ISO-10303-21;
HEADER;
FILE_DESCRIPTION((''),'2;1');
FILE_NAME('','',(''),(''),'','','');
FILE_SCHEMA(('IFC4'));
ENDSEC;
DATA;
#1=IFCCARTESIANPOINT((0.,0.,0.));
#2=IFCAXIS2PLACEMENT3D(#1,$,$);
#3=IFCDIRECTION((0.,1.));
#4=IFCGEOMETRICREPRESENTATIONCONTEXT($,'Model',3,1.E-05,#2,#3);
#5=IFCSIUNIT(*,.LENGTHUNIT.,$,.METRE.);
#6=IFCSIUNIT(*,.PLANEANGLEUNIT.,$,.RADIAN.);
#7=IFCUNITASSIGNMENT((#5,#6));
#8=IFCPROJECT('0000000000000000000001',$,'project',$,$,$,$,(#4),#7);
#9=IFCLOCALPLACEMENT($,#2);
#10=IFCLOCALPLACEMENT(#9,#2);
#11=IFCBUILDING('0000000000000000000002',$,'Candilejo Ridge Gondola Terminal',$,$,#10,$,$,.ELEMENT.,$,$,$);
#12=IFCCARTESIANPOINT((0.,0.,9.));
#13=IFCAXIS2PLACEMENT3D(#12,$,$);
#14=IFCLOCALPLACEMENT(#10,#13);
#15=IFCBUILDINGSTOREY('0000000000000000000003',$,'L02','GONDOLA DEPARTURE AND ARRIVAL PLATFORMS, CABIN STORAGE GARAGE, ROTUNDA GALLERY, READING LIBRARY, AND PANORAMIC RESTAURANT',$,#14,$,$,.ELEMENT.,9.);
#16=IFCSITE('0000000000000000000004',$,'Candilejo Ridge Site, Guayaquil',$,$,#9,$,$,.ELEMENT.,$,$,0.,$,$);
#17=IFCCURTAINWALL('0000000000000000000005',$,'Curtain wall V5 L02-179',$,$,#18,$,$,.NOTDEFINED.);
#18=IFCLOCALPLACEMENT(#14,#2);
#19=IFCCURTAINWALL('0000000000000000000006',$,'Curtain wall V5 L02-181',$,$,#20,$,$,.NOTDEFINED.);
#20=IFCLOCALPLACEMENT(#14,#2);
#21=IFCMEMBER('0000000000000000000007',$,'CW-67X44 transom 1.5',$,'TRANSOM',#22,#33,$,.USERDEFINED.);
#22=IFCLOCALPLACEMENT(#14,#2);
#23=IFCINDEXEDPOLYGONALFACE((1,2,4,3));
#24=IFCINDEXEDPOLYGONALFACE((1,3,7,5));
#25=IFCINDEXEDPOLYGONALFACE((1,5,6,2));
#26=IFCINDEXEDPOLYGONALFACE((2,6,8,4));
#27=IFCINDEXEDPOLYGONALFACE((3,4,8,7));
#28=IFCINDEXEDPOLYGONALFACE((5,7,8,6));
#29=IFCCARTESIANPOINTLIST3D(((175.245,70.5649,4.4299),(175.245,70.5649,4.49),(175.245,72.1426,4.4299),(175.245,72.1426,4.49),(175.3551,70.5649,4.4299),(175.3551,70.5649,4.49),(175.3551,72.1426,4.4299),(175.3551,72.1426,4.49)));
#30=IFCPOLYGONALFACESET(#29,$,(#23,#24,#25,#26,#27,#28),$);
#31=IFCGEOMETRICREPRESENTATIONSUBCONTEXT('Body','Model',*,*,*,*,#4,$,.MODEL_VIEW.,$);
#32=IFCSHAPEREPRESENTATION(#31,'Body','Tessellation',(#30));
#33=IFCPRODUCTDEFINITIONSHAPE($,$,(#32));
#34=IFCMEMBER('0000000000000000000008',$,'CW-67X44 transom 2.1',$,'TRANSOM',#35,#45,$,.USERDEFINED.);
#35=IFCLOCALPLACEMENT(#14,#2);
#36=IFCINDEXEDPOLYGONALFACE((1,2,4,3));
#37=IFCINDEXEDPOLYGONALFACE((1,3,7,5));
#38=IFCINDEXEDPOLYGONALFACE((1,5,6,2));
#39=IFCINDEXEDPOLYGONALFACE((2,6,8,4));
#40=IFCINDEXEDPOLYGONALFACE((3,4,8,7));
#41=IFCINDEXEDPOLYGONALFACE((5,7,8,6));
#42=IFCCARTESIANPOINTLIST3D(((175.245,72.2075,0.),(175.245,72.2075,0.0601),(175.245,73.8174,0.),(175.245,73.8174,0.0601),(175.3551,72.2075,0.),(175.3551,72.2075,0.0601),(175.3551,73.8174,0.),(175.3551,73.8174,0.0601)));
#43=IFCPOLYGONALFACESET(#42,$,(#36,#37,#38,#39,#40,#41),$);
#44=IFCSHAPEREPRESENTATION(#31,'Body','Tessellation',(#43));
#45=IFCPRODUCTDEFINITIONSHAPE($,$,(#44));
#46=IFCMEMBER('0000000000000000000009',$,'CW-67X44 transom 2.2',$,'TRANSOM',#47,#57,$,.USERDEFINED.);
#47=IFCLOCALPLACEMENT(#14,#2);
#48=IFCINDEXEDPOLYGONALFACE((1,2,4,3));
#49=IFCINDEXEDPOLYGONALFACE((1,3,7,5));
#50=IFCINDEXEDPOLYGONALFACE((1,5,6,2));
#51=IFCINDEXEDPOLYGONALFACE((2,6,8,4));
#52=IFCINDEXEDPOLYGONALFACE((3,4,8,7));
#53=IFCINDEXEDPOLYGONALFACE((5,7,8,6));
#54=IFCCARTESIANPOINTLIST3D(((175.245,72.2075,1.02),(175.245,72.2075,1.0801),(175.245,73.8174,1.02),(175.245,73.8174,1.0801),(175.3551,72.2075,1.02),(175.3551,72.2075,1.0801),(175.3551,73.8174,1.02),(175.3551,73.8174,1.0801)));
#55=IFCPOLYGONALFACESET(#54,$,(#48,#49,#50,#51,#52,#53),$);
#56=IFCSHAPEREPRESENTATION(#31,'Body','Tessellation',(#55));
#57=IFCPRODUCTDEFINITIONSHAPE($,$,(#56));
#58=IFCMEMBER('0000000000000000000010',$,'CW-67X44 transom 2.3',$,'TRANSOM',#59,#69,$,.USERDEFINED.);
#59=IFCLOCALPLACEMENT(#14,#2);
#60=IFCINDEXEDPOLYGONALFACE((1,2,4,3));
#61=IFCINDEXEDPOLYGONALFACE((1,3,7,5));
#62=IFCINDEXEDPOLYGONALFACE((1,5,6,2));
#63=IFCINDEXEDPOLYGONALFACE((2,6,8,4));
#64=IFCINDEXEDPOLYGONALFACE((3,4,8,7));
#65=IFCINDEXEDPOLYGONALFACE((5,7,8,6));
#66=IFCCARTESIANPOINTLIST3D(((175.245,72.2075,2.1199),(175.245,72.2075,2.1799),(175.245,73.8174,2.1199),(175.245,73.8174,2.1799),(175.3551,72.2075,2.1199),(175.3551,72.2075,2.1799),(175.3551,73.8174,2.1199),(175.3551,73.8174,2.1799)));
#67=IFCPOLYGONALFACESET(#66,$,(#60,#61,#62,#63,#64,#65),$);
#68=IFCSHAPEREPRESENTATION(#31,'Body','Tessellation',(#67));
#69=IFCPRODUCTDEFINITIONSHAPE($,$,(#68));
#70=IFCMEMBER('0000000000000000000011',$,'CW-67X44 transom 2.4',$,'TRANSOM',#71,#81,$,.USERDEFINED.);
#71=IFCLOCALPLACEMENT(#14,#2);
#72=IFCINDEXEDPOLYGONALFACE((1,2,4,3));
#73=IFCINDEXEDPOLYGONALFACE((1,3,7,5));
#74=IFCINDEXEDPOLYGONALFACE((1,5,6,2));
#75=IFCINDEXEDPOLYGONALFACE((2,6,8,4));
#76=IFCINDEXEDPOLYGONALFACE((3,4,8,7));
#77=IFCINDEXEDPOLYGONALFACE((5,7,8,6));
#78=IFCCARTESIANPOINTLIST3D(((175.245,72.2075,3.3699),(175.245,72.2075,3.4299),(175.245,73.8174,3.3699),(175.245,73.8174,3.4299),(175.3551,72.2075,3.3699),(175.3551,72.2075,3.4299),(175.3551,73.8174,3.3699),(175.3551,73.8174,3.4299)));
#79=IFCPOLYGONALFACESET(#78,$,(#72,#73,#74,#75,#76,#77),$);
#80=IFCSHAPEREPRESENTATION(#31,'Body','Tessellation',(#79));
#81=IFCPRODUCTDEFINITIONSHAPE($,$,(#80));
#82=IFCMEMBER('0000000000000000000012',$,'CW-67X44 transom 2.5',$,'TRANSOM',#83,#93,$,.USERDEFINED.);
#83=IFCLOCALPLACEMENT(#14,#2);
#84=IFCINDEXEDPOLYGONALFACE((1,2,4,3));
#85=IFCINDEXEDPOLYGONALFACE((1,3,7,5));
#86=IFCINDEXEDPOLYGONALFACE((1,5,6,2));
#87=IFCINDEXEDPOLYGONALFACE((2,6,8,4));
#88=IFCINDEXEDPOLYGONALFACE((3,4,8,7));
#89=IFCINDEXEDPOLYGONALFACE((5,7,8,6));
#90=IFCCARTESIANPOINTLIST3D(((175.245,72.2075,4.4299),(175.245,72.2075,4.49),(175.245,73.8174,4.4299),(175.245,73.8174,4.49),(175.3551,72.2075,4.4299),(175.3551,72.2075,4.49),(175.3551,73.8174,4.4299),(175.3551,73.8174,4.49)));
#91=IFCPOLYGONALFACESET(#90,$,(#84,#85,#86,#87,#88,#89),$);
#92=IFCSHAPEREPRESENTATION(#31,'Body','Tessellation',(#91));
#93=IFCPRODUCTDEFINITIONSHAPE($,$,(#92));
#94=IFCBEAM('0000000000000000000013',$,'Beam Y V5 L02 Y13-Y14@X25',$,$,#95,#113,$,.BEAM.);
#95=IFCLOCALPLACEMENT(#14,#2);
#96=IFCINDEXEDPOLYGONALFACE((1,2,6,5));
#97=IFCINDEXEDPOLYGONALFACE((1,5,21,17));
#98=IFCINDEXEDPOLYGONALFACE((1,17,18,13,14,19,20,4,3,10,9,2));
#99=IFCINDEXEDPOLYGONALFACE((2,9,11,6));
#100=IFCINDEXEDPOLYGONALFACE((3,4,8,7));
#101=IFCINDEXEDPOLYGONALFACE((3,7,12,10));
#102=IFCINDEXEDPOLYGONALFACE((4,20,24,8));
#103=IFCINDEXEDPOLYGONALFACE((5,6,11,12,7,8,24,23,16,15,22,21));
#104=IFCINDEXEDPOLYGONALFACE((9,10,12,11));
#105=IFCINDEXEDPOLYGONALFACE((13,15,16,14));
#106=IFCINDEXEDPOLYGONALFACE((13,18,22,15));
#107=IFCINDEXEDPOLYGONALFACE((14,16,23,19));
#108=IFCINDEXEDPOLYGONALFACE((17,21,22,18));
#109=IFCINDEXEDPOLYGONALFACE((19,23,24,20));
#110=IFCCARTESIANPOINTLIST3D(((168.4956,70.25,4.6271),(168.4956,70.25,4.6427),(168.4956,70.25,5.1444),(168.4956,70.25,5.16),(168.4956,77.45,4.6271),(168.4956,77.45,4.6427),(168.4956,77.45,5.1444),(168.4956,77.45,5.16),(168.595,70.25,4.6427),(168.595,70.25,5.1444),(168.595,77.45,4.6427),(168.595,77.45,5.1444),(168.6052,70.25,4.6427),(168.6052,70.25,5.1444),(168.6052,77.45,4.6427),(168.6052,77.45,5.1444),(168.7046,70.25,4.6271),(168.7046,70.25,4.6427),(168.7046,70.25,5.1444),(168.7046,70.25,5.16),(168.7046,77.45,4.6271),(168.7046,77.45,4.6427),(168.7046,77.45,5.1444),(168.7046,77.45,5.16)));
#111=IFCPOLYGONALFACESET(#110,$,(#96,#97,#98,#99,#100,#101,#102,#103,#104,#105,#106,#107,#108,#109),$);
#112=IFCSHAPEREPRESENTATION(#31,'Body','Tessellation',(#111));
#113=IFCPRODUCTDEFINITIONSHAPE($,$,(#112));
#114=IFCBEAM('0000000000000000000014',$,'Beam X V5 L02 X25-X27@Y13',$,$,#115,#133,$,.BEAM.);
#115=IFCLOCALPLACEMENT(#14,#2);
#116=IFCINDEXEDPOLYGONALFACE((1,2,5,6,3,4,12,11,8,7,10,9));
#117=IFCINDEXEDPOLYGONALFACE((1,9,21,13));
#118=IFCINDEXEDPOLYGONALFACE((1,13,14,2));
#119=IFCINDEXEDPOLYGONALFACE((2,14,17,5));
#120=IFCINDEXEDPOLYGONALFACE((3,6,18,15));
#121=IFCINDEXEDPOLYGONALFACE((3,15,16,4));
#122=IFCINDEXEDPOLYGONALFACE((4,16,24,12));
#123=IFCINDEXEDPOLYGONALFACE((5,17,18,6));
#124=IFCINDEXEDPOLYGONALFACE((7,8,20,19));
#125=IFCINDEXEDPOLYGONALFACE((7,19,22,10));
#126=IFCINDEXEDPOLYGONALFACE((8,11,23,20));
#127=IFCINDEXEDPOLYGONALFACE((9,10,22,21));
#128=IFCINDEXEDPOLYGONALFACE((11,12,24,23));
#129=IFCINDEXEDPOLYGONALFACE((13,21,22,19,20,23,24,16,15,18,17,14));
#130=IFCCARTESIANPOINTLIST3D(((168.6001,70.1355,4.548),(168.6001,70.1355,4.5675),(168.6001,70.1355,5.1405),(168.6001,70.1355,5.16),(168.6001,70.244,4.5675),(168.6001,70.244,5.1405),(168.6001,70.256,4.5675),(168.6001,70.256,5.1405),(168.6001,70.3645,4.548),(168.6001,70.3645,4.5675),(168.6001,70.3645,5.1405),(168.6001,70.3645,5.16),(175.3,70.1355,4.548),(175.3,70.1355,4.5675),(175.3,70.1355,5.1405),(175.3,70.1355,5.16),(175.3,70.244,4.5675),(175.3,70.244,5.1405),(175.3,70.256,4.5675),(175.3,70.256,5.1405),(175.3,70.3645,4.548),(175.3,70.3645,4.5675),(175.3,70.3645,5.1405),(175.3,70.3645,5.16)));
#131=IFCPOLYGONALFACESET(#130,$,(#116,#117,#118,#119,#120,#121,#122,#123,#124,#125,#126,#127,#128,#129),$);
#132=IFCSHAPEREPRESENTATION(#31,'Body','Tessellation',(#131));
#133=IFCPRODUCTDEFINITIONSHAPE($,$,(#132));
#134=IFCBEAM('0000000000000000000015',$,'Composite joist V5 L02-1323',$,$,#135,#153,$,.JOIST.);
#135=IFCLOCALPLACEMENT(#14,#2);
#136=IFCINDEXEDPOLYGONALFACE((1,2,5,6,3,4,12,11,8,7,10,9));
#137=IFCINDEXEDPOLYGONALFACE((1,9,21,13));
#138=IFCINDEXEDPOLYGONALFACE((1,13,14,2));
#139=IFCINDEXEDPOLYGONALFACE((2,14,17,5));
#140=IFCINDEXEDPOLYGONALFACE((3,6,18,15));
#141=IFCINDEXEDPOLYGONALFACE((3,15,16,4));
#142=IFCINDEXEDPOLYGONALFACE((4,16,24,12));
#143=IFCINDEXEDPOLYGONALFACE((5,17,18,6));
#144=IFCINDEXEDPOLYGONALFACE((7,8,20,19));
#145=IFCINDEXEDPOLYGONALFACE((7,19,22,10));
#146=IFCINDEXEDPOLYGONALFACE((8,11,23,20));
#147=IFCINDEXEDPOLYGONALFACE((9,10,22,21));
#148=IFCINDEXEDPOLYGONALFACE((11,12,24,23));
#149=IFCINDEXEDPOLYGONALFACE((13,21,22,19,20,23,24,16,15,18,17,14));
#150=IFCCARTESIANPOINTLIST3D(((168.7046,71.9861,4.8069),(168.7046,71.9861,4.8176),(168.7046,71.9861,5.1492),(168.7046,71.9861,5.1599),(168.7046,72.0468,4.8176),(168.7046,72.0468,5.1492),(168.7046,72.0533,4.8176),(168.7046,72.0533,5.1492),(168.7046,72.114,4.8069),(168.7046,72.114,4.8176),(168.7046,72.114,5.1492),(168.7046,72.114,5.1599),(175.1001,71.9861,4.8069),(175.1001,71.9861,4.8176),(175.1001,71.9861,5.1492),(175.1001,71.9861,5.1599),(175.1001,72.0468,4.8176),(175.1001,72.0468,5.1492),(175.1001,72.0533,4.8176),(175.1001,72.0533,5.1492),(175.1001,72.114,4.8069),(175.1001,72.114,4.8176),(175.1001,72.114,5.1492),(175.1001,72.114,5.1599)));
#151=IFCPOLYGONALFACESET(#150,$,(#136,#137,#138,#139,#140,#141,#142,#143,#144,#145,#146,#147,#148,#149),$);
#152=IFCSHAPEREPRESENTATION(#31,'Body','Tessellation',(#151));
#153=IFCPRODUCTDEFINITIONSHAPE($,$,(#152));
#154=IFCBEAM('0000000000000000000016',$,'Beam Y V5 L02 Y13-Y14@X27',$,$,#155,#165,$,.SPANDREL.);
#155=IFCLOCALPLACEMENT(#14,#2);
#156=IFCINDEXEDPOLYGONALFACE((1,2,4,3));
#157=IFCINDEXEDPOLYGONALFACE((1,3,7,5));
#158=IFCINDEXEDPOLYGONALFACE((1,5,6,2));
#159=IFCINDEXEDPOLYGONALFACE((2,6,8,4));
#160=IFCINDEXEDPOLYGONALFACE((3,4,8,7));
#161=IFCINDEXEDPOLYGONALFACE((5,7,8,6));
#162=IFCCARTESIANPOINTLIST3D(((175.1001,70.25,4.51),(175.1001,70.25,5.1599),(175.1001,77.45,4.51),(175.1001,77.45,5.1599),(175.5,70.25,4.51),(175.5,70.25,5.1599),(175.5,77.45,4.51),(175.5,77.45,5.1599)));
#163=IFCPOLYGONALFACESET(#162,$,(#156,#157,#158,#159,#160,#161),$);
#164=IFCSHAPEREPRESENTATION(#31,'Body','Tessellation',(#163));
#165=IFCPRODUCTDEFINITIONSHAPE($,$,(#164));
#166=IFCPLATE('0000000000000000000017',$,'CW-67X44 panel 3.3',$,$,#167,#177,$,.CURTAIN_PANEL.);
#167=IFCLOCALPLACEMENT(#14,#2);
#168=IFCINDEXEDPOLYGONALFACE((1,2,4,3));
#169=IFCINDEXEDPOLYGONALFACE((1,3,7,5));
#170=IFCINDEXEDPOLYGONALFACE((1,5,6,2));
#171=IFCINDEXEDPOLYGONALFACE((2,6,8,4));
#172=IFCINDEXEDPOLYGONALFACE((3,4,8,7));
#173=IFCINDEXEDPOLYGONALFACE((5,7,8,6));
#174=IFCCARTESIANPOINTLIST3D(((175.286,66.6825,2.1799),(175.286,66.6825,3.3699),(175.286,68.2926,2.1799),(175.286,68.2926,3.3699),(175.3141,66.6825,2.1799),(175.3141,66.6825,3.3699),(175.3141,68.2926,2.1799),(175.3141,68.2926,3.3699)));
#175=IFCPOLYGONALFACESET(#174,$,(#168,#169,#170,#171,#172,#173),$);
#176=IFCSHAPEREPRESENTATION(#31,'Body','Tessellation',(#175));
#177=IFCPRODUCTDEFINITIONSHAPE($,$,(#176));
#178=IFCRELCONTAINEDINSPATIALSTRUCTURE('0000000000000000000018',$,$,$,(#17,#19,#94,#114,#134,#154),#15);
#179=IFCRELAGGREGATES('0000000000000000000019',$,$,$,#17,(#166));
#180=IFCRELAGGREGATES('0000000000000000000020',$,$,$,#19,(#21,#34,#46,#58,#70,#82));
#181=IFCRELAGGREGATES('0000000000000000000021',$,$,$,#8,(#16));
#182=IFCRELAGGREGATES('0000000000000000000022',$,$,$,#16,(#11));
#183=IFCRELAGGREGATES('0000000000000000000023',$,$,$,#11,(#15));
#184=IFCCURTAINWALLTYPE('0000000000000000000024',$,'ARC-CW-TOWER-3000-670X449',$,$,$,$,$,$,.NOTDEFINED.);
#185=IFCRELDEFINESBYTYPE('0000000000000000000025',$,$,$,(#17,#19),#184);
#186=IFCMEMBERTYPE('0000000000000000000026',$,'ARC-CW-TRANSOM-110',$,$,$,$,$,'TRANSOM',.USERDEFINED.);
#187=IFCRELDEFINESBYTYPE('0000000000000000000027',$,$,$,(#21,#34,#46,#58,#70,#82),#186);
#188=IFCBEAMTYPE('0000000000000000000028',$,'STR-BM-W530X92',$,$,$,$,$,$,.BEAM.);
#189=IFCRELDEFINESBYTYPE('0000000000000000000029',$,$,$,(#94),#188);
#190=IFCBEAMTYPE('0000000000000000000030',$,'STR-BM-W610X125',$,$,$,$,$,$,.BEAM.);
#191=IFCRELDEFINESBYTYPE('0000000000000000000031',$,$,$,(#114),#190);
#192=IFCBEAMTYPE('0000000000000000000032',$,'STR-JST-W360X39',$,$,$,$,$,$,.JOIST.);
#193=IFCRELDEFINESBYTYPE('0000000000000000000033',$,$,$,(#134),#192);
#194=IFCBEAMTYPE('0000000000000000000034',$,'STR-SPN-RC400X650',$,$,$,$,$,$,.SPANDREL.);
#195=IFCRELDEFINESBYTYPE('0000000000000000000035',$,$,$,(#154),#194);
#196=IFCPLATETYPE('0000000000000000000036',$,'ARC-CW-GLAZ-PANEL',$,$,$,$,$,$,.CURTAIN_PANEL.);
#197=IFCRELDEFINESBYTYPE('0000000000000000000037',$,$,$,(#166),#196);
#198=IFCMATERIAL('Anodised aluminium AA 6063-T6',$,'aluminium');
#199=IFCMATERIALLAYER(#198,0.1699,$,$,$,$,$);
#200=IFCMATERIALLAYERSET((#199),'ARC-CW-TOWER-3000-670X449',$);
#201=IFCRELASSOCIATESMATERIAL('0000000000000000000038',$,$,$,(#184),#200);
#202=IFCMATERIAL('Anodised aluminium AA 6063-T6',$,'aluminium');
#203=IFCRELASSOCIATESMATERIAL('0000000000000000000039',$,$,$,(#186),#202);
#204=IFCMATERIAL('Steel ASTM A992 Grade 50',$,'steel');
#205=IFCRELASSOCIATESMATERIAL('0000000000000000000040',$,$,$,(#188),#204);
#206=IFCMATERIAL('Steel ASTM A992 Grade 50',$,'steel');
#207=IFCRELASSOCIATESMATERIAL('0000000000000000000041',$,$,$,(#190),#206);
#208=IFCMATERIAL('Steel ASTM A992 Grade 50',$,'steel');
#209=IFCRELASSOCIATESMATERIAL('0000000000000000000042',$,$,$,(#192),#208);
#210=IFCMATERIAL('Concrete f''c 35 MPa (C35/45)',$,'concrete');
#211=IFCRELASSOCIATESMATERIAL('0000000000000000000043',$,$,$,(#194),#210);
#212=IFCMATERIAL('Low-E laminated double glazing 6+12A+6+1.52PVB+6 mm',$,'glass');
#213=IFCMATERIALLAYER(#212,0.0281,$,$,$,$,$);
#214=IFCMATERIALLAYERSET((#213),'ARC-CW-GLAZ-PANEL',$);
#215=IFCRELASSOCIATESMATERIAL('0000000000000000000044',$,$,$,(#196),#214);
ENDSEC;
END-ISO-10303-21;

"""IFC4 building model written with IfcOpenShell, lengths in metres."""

from ifc_helpers import new_model, si_unit, direction, frame, origin, origin_2d, place, context, subcontext, project, spatial, rectangle, i_section, extrude, material, layer, layer_set, material_profile, profile_set, type_object, element, aggregate, save


model = new_model("IFC4")

# Units and contexts
model_context = context("Model", 3, precision=1e-05, world=origin(), true_north=direction((0.0, 1.0)))
body_context = subcontext(model_context, "Body", "Model", "MODEL_VIEW")
ifc_project = project(units=[si_unit("LENGTHUNIT", "METRE"), si_unit("PLANEANGLEUNIT", "RADIAN")], contexts=[model_context])

# Site, building, storey
site_placement = place(None, origin())
site = spatial("IfcSite", under=ifc_project, at=site_placement, Name="Candilejo Ridge Site, Guayaquil", CompositionType="ELEMENT", RefElevation=0.0)
building_placement = place(site_placement, origin())
building = spatial("IfcBuilding", under=site, at=building_placement, Name="Candilejo Ridge Gondola Terminal", CompositionType="ELEMENT")
storey_placement = place(building_placement, frame((0.0, 0.0, 9.0)))
storey = spatial("IfcBuildingStorey", under=building, at=storey_placement, Name="L02", Description="GONDOLA DEPARTURE AND ARRIVAL PLATFORMS, CABIN STORAGE GARAGE, ROTUNDA GALLERY, READING LIBRARY, AND PANORAMIC RESTAURANT", CompositionType="ELEMENT", Elevation=9.0)

# Curtain walls
ifc_material_1 = material(Name="Anodised aluminium AA 6063-T6", Category="aluminium")
ifc_layer_1 = layer(ifc_material_1, 0.1699)
ifc_layer_set_1 = layer_set([ifc_layer_1], Name="ARC-CW-TOWER-3000-670X449")
curtain_wall_type = type_object("IfcCurtainWallType", Name="ARC-CW-TOWER-3000-670X449", PredefinedType="NOTDEFINED", material=ifc_layer_set_1)
curtain_wall_1_placement = place(storey_placement, origin())
curtain_wall_1 = element("IfcCurtainWall", 1, at=curtain_wall_1_placement, inside=storey, type_object=curtain_wall_type, Name="Curtain wall V5 L02-179", PredefinedType="NOTDEFINED")
curtain_wall_2_placement = place(storey_placement, origin())
curtain_wall_2 = element("IfcCurtainWall", 2, at=curtain_wall_2_placement, inside=storey, type_object=curtain_wall_type, Name="Curtain wall V5 L02-181", PredefinedType="NOTDEFINED")

# Members
ifc_material_2 = material(Name="Anodised aluminium AA 6063-T6", Category="aluminium")
ifc_material_profile_1 = material_profile(ifc_material_2, rectangle(XDim=0.1101, YDim=0.0601, at=origin_2d()))
ifc_profile_set_1 = profile_set([ifc_material_profile_1], Name="Anodised aluminium AA 6063-T6")
member_type_1 = type_object("IfcMemberType", Name="ARC-CW-TRANSOM-110", ElementType="TRANSOM", PredefinedType="USERDEFINED", material=ifc_profile_set_1)
member_1_placement = place(storey_placement, frame((175.3, 70.5649, 4.46), z_axis=(0.0, 1.0, 0.0), x_axis=(-1.0, 0.0, 0.0)))
member_1 = element("IfcMember", 3, at=member_1_placement, type_object=member_type_1, Name="CW-67X44 transom 1.5", ObjectType="TRANSOM", PredefinedType="USERDEFINED", context=body_context, shape_type="SweptSolid", body=[
    extrude(rectangle(XDim=0.1101, YDim=0.0601, at=origin_2d()), origin(), (0.0, 0.0, 1.0), 1.5776),
])
member_2_placement = place(storey_placement, frame((175.3, 72.2075, 0.03), z_axis=(0.0, 1.0, 0.0), x_axis=(-1.0, 0.0, 0.0)))
member_2 = element("IfcMember", 4, at=member_2_placement, type_object=member_type_1, Name="CW-67X44 transom 2.1", ObjectType="TRANSOM", PredefinedType="USERDEFINED", context=body_context, shape_type="SweptSolid", body=[
    extrude(rectangle(XDim=0.1101, YDim=0.0601, at=origin_2d()), origin(), (0.0, 0.0, 1.0), 1.6099),
])
member_3_placement = place(storey_placement, frame((175.3, 72.2075, 1.05), z_axis=(0.0, 1.0, 0.0), x_axis=(-1.0, 0.0, 0.0)))
member_3 = element("IfcMember", 5, at=member_3_placement, type_object=member_type_1, Name="CW-67X44 transom 2.2", ObjectType="TRANSOM", PredefinedType="USERDEFINED", context=body_context, shape_type="SweptSolid", body=[
    extrude(rectangle(XDim=0.1101, YDim=0.0601, at=origin_2d()), origin(), (0.0, 0.0, 1.0), 1.6099),
])
member_4_placement = place(storey_placement, frame((175.3, 72.2075, 2.1499), z_axis=(0.0, 1.0, 0.0), x_axis=(-1.0, 0.0, 0.0)))
member_4 = element("IfcMember", 6, at=member_4_placement, type_object=member_type_1, Name="CW-67X44 transom 2.3", ObjectType="TRANSOM", PredefinedType="USERDEFINED", context=body_context, shape_type="SweptSolid", body=[
    extrude(rectangle(XDim=0.1101, YDim=0.0601, at=origin_2d()), origin(), (0.0, 0.0, 1.0), 1.6099),
])
member_5_placement = place(storey_placement, frame((175.3, 72.2075, 3.3999), z_axis=(0.0, 1.0, 0.0), x_axis=(-1.0, 0.0, 0.0)))
member_5 = element("IfcMember", 7, at=member_5_placement, type_object=member_type_1, Name="CW-67X44 transom 2.4", ObjectType="TRANSOM", PredefinedType="USERDEFINED", context=body_context, shape_type="SweptSolid", body=[
    extrude(rectangle(XDim=0.1101, YDim=0.0601, at=origin_2d()), origin(), (0.0, 0.0, 1.0), 1.6099),
])
member_6_placement = place(storey_placement, frame((175.3, 72.2075, 4.46), z_axis=(0.0, 1.0, 0.0), x_axis=(-1.0, 0.0, 0.0)))
member_6 = element("IfcMember", 8, at=member_6_placement, type_object=member_type_1, Name="CW-67X44 transom 2.5", ObjectType="TRANSOM", PredefinedType="USERDEFINED", context=body_context, shape_type="SweptSolid", body=[
    extrude(rectangle(XDim=0.1101, YDim=0.0601, at=origin_2d()), origin(), (0.0, 0.0, 1.0), 1.6099),
])

# Beams
ifc_material_3 = material(Name="Steel ASTM A992 Grade 50", Category="steel")
ifc_material_profile_2 = material_profile(ifc_material_3, i_section(OverallWidth=0.209, OverallDepth=0.533, WebThickness=0.0103, FlangeThickness=0.0156, at=origin_2d()))
ifc_profile_set_2 = profile_set([ifc_material_profile_2], Name="Steel ASTM A992 Grade 50")
beam_type_1 = type_object("IfcBeamType", Name="STR-BM-W530X92", PredefinedType="BEAM", material=ifc_profile_set_2)
beam_1_placement = place(storey_placement, frame((168.6001, 70.25, 4.8936), z_axis=(0.0, 1.0, 0.0), x_axis=(-1.0, 0.0, 0.0)))
element("IfcBeam", 9, at=beam_1_placement, inside=storey, type_object=beam_type_1, Name="Beam Y V5 L02 Y13-Y14@X25", PredefinedType="BEAM", context=body_context, shape_type="SweptSolid", body=[
    extrude(i_section(OverallWidth=0.209, OverallDepth=0.533, WebThickness=0.0103, FlangeThickness=0.0156, at=origin_2d()), origin(), (0.0, 0.0, 1.0), 7.2),
])
ifc_material_4 = material(Name="Steel ASTM A992 Grade 50", Category="steel")
ifc_material_profile_3 = material_profile(ifc_material_4, i_section(OverallWidth=0.229, OverallDepth=0.6121, WebThickness=0.012, FlangeThickness=0.0195, at=origin_2d()))
ifc_profile_set_3 = profile_set([ifc_material_profile_3], Name="Steel ASTM A992 Grade 50")
beam_type_2 = type_object("IfcBeamType", Name="STR-BM-W610X125", PredefinedType="BEAM", material=ifc_profile_set_3)
beam_2_placement = place(storey_placement, frame((168.6001, 70.25, 4.854), z_axis=(1.0, 0.0, 0.0), x_axis=(0.0, 1.0, 0.0)))
element("IfcBeam", 10, at=beam_2_placement, inside=storey, type_object=beam_type_2, Name="Beam X V5 L02 X25-X27@Y13", PredefinedType="BEAM", context=body_context, shape_type="SweptSolid", body=[
    extrude(i_section(OverallWidth=0.229, OverallDepth=0.6121, WebThickness=0.012, FlangeThickness=0.0195, at=origin_2d()), origin(), (0.0, 0.0, 1.0), 6.7),
])
ifc_material_5 = material(Name="Steel ASTM A992 Grade 50", Category="steel")
ifc_material_profile_4 = material_profile(ifc_material_5, i_section(OverallWidth=0.1279, OverallDepth=0.353, WebThickness=0.0066, FlangeThickness=0.0107, at=origin_2d()))
ifc_profile_set_4 = profile_set([ifc_material_profile_4], Name="Steel ASTM A992 Grade 50")
beam_type_3 = type_object("IfcBeamType", Name="STR-JST-W360X39", PredefinedType="JOIST", material=ifc_profile_set_4)
beam_3_placement = place(storey_placement, frame((168.7046, 72.05, 4.9834), z_axis=(1.0, 0.0, 0.0), x_axis=(0.0, 1.0, 0.0)))
element("IfcBeam", 11, at=beam_3_placement, inside=storey, type_object=beam_type_3, Name="Composite joist V5 L02-1323", PredefinedType="JOIST", context=body_context, shape_type="SweptSolid", body=[
    extrude(i_section(OverallWidth=0.1279, OverallDepth=0.353, WebThickness=0.0066, FlangeThickness=0.0107, at=origin_2d()), origin(), (0.0, 0.0, 1.0), 6.3955),
])
ifc_material_6 = material(Name="Concrete f'c 35 MPa (C35/45)", Category="concrete")
ifc_material_profile_5 = material_profile(ifc_material_6, rectangle(XDim=0.3999, YDim=0.6499, at=origin_2d()))
ifc_profile_set_5 = profile_set([ifc_material_profile_5], Name="Concrete f'c 35 MPa (C35/45)")
beam_type_4 = type_object("IfcBeamType", Name="STR-SPN-RC400X650", PredefinedType="SPANDREL", material=ifc_profile_set_5)
beam_4_placement = place(storey_placement, frame((175.3, 70.25, 4.835), z_axis=(0.0, 1.0, 0.0), x_axis=(-1.0, 0.0, 0.0)))
element("IfcBeam", 12, at=beam_4_placement, inside=storey, type_object=beam_type_4, Name="Beam Y V5 L02 Y13-Y14@X27", PredefinedType="SPANDREL", context=body_context, shape_type="SweptSolid", body=[
    extrude(rectangle(XDim=0.3999, YDim=0.6499, at=origin_2d()), origin(), (0.0, 0.0, 1.0), 7.2),
])

# Plate
ifc_material_7 = material(Name="Low-E laminated double glazing 6+12A+6+1.52PVB+6 mm", Category="glass")
ifc_layer_2 = layer(ifc_material_7, 0.0281)
ifc_layer_set_2 = layer_set([ifc_layer_2], Name="ARC-CW-GLAZ-PANEL")
plate_type = type_object("IfcPlateType", Name="ARC-CW-GLAZ-PANEL", PredefinedType="CURTAIN_PANEL", material=ifc_layer_set_2)
plate_1_placement = place(storey_placement, frame((175.3, 67.4875, 2.1799), z_axis=(0.0, 0.0, 1.0), x_axis=(0.0, 1.0, 0.0)))
plate_1 = element("IfcPlate", 13, at=plate_1_placement, type_object=plate_type, Name="CW-67X44 panel 3.3", PredefinedType="CURTAIN_PANEL", context=body_context, shape_type="SweptSolid", body=[
    extrude(rectangle(XDim=1.6101, YDim=0.0281, at=origin_2d()), origin(), (0.0, 0.0, 1.0), 1.1899),
])
aggregate(curtain_wall_1, [plate_1])
aggregate(curtain_wall_2, [member_1, member_2, member_3, member_4, member_5, member_6])

save(model, "model.ifc")
